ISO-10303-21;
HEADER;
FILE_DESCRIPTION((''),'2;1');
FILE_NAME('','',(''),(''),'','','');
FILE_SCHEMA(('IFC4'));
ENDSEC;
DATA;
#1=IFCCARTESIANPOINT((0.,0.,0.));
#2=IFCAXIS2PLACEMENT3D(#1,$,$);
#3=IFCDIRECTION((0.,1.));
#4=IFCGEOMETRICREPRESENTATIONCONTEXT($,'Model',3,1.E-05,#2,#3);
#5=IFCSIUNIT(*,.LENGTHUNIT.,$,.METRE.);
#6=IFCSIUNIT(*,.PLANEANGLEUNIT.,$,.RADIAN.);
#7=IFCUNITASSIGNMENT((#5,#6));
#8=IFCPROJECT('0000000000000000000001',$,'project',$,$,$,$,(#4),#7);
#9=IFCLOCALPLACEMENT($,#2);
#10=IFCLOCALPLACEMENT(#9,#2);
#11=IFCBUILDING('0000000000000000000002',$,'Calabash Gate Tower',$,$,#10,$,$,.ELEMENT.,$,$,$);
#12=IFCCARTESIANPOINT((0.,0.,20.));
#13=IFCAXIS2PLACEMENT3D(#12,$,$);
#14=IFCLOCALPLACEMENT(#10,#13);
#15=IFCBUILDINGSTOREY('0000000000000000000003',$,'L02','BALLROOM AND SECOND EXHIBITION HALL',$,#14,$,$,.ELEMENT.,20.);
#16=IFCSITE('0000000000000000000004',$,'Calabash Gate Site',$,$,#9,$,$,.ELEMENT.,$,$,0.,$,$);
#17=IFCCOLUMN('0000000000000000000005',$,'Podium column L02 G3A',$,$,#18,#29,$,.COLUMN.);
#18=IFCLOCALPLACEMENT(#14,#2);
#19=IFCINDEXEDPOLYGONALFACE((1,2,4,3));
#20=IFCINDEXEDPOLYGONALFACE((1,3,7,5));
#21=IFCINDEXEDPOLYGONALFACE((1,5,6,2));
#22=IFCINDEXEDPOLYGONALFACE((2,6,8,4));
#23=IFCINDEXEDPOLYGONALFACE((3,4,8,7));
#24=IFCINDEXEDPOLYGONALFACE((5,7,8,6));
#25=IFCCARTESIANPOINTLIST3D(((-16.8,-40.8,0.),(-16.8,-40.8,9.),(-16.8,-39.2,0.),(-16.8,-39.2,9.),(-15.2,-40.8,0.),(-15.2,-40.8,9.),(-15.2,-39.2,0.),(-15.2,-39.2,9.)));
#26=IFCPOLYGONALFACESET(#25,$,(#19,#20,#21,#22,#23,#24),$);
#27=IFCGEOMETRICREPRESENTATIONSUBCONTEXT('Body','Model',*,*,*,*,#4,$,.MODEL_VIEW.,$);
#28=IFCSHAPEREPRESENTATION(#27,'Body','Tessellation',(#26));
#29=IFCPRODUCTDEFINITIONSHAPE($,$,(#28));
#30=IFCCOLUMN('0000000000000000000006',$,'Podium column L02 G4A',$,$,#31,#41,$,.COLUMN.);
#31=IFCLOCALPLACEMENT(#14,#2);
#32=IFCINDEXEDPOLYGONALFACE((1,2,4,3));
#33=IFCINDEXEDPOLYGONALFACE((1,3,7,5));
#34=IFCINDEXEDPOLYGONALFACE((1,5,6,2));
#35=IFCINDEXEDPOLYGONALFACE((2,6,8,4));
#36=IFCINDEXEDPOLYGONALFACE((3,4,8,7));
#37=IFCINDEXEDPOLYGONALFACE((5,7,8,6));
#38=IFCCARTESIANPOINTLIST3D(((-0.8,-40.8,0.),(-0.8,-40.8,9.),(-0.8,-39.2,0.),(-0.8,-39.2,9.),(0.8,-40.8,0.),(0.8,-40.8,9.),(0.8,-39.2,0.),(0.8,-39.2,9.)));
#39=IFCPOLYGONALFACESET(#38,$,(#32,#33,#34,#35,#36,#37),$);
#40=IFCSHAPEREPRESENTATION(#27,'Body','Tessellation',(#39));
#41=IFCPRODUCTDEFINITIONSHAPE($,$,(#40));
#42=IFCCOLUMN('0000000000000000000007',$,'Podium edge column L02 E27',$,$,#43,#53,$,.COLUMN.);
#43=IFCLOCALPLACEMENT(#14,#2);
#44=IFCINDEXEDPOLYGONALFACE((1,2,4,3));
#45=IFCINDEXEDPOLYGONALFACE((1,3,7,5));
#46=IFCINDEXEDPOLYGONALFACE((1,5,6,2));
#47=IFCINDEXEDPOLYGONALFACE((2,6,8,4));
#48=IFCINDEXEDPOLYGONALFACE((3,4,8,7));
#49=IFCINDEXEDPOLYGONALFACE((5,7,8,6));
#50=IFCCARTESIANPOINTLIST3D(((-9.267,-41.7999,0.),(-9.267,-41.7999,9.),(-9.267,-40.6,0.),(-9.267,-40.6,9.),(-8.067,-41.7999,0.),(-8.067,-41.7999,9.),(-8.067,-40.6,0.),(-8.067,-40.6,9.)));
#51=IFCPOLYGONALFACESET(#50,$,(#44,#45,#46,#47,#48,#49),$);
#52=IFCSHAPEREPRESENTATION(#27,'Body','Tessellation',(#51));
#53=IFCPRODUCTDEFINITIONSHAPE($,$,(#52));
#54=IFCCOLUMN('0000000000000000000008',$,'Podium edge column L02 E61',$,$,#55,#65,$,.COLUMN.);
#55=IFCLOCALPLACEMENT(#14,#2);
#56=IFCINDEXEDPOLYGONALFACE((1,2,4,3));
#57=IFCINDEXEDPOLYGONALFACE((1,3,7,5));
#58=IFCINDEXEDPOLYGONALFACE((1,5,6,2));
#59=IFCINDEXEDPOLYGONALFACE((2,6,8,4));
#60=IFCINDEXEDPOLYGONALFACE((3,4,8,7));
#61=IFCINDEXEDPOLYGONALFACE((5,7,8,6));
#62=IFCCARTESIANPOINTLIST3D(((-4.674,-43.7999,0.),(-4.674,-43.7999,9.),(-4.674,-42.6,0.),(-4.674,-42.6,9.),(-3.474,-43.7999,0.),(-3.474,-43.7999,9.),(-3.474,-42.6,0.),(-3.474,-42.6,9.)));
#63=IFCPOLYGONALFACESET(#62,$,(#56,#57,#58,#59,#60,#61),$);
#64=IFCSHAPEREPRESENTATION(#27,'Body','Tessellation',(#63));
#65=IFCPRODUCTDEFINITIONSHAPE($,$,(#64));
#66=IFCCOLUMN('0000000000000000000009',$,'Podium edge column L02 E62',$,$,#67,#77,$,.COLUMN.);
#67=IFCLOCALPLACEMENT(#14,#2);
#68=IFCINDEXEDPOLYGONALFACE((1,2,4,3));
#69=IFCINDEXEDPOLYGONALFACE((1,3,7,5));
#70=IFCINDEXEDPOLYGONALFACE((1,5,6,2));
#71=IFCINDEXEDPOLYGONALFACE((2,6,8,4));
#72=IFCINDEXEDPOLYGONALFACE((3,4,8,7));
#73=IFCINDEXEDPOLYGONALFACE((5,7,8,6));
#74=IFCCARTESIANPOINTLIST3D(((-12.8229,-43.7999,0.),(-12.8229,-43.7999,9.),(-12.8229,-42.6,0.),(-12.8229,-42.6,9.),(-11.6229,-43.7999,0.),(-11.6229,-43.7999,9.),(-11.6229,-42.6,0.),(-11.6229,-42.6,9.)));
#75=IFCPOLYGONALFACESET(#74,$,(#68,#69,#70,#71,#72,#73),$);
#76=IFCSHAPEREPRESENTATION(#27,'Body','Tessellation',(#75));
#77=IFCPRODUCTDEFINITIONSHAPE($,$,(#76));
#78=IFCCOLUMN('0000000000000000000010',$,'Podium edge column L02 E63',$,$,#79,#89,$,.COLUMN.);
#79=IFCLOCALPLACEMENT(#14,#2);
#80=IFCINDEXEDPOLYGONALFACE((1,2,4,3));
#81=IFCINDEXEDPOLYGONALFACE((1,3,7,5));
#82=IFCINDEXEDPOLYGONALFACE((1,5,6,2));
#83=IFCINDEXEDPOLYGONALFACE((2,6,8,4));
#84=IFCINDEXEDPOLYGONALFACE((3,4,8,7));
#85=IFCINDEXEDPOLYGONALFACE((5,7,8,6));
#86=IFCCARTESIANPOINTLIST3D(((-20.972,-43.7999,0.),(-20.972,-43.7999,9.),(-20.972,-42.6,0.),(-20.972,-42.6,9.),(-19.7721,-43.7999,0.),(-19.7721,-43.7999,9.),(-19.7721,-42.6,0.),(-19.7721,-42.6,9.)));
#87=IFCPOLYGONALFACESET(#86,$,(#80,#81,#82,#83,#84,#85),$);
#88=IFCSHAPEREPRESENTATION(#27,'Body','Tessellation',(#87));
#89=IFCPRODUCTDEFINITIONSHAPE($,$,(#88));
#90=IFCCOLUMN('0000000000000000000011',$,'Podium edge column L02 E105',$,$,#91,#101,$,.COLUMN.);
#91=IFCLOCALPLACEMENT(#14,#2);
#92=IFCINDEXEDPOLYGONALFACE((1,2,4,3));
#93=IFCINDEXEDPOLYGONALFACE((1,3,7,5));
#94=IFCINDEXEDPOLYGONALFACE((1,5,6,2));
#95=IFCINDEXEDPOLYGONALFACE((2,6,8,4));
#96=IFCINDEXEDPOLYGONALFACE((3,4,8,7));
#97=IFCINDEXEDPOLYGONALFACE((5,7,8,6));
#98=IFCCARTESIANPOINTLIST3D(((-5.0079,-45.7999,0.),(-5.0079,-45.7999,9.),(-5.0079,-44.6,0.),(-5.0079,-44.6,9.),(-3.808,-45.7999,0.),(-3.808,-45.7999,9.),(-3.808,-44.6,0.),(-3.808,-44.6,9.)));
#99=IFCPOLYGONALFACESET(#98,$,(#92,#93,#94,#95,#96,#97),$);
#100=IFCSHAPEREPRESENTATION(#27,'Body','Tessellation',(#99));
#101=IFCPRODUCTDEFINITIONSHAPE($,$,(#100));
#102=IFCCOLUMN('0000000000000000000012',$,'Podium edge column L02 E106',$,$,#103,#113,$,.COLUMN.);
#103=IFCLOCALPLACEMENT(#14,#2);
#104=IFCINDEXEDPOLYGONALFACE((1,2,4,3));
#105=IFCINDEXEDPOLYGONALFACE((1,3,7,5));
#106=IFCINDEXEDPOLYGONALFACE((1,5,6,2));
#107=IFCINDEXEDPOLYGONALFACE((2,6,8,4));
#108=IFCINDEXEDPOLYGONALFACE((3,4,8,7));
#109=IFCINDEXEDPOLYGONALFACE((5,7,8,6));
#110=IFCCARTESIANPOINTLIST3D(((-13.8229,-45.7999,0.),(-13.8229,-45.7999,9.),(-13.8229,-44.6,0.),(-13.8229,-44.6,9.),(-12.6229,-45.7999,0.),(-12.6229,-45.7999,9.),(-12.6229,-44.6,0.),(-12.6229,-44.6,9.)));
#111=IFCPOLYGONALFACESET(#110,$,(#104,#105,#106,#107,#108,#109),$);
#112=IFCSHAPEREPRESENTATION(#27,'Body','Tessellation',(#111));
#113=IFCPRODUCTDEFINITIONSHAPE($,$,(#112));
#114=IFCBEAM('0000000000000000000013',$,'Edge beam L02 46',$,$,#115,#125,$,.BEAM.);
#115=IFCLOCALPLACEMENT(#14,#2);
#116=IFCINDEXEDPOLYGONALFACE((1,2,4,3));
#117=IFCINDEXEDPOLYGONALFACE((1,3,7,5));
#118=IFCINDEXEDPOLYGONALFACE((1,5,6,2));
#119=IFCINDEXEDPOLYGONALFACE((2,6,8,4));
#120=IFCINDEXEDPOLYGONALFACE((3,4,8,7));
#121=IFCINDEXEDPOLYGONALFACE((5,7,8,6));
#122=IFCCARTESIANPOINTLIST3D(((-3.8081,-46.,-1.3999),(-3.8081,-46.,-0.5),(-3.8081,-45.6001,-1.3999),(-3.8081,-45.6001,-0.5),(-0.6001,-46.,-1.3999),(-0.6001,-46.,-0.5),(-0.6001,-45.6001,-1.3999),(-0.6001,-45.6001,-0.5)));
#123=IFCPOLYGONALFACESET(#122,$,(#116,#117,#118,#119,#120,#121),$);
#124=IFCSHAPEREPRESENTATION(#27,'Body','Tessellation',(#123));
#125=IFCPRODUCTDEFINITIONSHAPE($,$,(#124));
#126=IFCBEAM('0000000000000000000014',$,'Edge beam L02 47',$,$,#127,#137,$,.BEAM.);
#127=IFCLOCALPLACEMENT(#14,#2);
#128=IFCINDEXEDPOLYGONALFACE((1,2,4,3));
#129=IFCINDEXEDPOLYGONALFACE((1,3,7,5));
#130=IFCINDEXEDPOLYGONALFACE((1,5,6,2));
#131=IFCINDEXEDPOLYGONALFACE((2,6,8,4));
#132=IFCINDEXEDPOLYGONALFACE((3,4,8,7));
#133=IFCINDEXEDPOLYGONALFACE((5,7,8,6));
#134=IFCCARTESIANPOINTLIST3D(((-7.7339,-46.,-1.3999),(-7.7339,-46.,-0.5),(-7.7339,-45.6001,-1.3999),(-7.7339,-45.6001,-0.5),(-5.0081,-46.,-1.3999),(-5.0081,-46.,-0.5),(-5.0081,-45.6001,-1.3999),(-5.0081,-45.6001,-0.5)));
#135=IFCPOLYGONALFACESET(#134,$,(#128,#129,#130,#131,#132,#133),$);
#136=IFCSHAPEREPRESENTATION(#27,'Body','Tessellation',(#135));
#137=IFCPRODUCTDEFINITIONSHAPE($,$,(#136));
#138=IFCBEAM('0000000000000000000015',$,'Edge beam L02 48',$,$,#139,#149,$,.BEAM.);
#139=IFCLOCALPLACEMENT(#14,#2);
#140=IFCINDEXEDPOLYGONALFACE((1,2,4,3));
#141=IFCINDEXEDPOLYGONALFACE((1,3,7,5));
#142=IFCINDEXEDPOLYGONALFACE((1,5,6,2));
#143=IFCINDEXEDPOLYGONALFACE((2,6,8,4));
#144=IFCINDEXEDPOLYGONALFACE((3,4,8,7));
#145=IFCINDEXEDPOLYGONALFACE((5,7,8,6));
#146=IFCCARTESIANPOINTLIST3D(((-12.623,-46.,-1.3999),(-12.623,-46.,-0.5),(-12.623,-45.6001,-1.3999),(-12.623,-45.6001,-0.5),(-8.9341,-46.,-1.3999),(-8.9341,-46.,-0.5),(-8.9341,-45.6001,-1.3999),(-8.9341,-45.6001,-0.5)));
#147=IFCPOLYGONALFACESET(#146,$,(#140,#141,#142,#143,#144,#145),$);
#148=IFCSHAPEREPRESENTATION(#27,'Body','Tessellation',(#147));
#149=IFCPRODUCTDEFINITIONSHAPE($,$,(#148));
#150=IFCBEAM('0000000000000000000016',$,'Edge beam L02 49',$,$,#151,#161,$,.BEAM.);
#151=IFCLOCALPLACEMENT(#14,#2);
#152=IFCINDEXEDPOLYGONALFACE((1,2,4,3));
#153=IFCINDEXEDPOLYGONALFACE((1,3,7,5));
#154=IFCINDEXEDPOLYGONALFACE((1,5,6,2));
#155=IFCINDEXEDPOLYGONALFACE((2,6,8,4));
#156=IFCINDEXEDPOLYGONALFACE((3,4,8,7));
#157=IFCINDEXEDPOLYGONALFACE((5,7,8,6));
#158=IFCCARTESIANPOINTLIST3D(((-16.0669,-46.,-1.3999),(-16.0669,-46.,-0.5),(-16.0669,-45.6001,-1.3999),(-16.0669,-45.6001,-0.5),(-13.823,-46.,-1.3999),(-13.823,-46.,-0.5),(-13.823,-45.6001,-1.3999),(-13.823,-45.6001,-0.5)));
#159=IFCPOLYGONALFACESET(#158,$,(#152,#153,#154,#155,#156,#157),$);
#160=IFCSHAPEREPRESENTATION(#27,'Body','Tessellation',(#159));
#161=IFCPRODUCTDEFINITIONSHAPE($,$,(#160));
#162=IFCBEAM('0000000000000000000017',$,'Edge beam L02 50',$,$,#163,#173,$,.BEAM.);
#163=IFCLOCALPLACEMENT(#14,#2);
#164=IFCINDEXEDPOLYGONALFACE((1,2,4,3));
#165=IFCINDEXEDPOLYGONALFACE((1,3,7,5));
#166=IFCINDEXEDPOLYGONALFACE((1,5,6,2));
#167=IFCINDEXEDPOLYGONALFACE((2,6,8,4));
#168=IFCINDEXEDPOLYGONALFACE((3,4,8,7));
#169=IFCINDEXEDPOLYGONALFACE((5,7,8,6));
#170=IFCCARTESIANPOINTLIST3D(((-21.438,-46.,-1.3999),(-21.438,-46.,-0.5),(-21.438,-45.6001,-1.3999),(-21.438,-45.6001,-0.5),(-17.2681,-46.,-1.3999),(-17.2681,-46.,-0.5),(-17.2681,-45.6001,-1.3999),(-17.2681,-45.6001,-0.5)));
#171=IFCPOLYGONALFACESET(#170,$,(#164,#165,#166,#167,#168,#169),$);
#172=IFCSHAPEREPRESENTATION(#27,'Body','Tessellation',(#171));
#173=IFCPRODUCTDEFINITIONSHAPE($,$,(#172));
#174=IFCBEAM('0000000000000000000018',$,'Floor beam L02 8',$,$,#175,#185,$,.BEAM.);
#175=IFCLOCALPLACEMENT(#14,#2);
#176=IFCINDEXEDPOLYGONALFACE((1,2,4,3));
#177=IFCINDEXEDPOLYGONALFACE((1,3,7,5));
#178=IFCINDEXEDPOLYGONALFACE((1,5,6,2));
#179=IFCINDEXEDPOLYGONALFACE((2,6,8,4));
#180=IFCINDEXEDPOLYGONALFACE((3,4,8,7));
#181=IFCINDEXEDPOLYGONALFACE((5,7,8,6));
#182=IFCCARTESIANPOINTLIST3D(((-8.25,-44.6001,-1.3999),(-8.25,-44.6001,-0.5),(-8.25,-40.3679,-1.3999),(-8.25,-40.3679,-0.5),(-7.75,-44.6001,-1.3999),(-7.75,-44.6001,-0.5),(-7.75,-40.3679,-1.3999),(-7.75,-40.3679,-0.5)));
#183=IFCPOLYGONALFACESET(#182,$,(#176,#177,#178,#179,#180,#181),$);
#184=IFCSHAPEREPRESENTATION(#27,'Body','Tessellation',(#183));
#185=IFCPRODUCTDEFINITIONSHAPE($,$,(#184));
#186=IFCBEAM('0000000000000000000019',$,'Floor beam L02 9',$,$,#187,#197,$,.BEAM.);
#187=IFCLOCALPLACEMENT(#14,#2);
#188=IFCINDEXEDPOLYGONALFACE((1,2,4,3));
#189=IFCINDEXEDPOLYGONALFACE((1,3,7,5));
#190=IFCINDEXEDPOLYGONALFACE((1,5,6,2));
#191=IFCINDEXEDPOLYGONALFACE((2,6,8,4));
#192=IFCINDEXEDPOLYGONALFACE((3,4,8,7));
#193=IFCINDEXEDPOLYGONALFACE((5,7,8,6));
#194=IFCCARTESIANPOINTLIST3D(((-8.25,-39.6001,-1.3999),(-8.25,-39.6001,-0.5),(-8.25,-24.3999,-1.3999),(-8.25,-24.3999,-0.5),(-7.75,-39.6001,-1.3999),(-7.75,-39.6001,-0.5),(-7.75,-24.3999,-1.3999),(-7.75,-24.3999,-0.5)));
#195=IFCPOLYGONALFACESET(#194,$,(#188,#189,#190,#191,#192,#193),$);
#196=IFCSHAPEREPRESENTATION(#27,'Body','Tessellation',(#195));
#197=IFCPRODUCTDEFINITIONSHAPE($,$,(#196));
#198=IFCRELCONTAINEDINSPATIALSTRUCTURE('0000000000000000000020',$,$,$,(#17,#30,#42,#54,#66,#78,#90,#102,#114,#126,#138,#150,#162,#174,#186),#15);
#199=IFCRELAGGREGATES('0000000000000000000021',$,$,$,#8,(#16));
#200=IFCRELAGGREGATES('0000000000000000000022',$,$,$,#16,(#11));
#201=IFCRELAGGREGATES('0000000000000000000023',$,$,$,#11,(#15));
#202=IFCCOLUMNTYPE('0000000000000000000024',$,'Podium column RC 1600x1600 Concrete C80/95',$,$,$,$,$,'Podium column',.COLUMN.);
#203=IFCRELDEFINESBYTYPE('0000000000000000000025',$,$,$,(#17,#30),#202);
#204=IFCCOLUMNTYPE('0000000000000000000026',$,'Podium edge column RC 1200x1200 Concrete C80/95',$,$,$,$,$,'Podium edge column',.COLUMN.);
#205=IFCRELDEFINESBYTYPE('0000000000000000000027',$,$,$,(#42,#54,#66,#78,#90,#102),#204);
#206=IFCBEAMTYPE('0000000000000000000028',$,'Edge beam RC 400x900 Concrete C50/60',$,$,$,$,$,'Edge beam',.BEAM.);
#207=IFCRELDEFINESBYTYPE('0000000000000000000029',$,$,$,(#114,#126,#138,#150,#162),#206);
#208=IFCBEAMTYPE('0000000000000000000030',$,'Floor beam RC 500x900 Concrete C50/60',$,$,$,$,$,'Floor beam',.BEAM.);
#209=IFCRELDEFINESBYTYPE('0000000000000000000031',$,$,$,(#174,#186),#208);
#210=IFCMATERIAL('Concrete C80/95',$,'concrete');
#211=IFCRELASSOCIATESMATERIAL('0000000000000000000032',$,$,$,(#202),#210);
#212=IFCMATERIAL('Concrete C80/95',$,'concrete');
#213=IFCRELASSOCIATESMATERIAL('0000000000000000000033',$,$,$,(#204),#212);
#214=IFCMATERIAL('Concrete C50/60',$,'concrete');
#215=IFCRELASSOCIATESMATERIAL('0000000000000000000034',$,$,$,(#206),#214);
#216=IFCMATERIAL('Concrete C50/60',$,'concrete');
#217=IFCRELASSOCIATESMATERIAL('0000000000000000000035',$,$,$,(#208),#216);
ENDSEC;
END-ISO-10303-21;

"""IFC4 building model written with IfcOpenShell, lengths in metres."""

from ifc_helpers import new_model, si_unit, direction, frame, origin, origin_2d, place, context, subcontext, project, spatial, rectangle, extrude, material, material_profile, profile_set, type_object, element, save


model = new_model("IFC4")

# Units and contexts
model_context = context("Model", 3, precision=1e-05, world=origin(), true_north=direction((0.0, 1.0)))
body_context = subcontext(model_context, "Body", "Model", "MODEL_VIEW")
ifc_project = project(units=[si_unit("LENGTHUNIT", "METRE"), si_unit("PLANEANGLEUNIT", "RADIAN")], contexts=[model_context])

# Site, building, storey
site_placement = place(None, origin())
site = spatial("IfcSite", under=ifc_project, at=site_placement, Name="Calabash Gate Site", CompositionType="ELEMENT", RefElevation=0.0)
building_placement = place(site_placement, origin())
building = spatial("IfcBuilding", under=site, at=building_placement, Name="Calabash Gate Tower", CompositionType="ELEMENT")
storey_placement = place(building_placement, frame((0.0, 0.0, 20.0)))
storey = spatial("IfcBuildingStorey", under=building, at=storey_placement, Name="L02", Description="BALLROOM AND SECOND EXHIBITION HALL", CompositionType="ELEMENT", Elevation=20.0)

# Columns
ifc_material_1 = material(Name="Concrete C80/95", Category="concrete")
ifc_material_profile_1 = material_profile(ifc_material_1, rectangle(XDim=1.6001, YDim=1.6001, at=origin_2d()))
ifc_profile_set_1 = profile_set([ifc_material_profile_1], Name="Concrete C80/95")
column_type_1 = type_object("IfcColumnType", Name="Podium column RC 1600x1600 Concrete C80/95", ElementType="Podium column", PredefinedType="COLUMN", material=ifc_profile_set_1)
for number, where, z_axis, x_axis, name in (
    (1, (-16.0, -40.0, 0.0), (0.0, 0.0, 1.0), (1.0, 0.0, 0.0), "Podium column L02 G3A"),
    (2, (0.0, -40.0, 0.0), (0.0, 0.0, 1.0), (1.0, 0.0, 0.0), "Podium column L02 G4A"),
):
    element("IfcColumn", number, at=place(storey_placement, frame(where, z_axis=z_axis, x_axis=x_axis)), inside=storey, type_object=column_type_1, Name=name, PredefinedType="COLUMN", context=body_context, shape_type="SweptSolid", body=[
        extrude(rectangle(XDim=1.6001, YDim=1.6001, at=origin_2d()), origin(), (0.0, 0.0, 1.0), 9.0),
    ])
ifc_material_2 = material(Name="Concrete C80/95", Category="concrete")
ifc_material_profile_2 = material_profile(ifc_material_2, rectangle(XDim=1.2, YDim=1.2, at=origin_2d()))
ifc_profile_set_2 = profile_set([ifc_material_profile_2], Name="Concrete C80/95")
column_type_2 = type_object("IfcColumnType", Name="Podium edge column RC 1200x1200 Concrete C80/95", ElementType="Podium edge column", PredefinedType="COLUMN", material=ifc_profile_set_2)
for number, where, z_axis, x_axis, name in (
    (3, (-8.667, -41.2, 0.0), (0.0, 0.0, 1.0), (1.0, 0.0, 0.0), "Podium edge column L02 E27"),
    (4, (-4.074, -43.2, 0.0), (0.0, 0.0, 1.0), (1.0, 0.0, 0.0), "Podium edge column L02 E61"),
    (5, (-12.2229, -43.2, 0.0), (0.0, 0.0, 1.0), (1.0, 0.0, 0.0), "Podium edge column L02 E62"),
    (6, (-20.3721, -43.2, 0.0), (0.0, 0.0, 1.0), (1.0, 0.0, 0.0), "Podium edge column L02 E63"),
    (7, (-4.408, -45.2, 0.0), (0.0, 0.0, 1.0), (1.0, 0.0, 0.0), "Podium edge column L02 E105"),
    (8, (-13.2229, -45.2, 0.0), (0.0, 0.0, 1.0), (1.0, 0.0, 0.0), "Podium edge column L02 E106"),
):
    element("IfcColumn", number, at=place(storey_placement, frame(where, z_axis=z_axis, x_axis=x_axis)), inside=storey, type_object=column_type_2, Name=name, PredefinedType="COLUMN", context=body_context, shape_type="SweptSolid", body=[
        extrude(rectangle(XDim=1.2, YDim=1.2, at=origin_2d()), origin(), (0.0, 0.0, 1.0), 9.0),
    ])

# Beams
ifc_material_3 = material(Name="Concrete C50/60", Category="concrete")
ifc_material_profile_3 = material_profile(ifc_material_3, rectangle(XDim=0.3999, YDim=0.8999, at=origin_2d()))
ifc_profile_set_3 = profile_set([ifc_material_profile_3], Name="Concrete C50/60")
beam_type_1 = type_object("IfcBeamType", Name="Edge beam RC 400x900 Concrete C50/60", ElementType="Edge beam", PredefinedType="BEAM", material=ifc_profile_set_3)
beam_1_placement = place(storey_placement, frame((-0.6001, -45.8, -0.95), z_axis=(-1.0, 0.0, 0.0), x_axis=(0.0, -1.0, 0.0)))
element("IfcBeam", 9, at=beam_1_placement, inside=storey, type_object=beam_type_1, Name="Edge beam L02 46", PredefinedType="BEAM", context=body_context, shape_type="SweptSolid", body=[
    extrude(rectangle(XDim=0.3999, YDim=0.8999, at=origin_2d()), origin(), (0.0, 0.0, 1.0), 3.208),
])
beam_2_placement = place(storey_placement, frame((-5.0081, -45.8, -0.95), z_axis=(-1.0, 0.0, 0.0), x_axis=(0.0, -1.0, 0.0)))
element("IfcBeam", 10, at=beam_2_placement, inside=storey, type_object=beam_type_1, Name="Edge beam L02 47", PredefinedType="BEAM", context=body_context, shape_type="SweptSolid", body=[
    extrude(rectangle(XDim=0.3999, YDim=0.8999, at=origin_2d()), origin(), (0.0, 0.0, 1.0), 2.7258),
])
beam_3_placement = place(storey_placement, frame((-8.9341, -45.8, -0.95), z_axis=(-1.0, 0.0, 0.0), x_axis=(0.0, -1.0, 0.0)))
element("IfcBeam", 11, at=beam_3_placement, inside=storey, type_object=beam_type_1, Name="Edge beam L02 48", PredefinedType="BEAM", context=body_context, shape_type="SweptSolid", body=[
    extrude(rectangle(XDim=0.3999, YDim=0.8999, at=origin_2d()), origin(), (0.0, 0.0, 1.0), 3.689),
])
beam_4_placement = place(storey_placement, frame((-13.823, -45.8, -0.95), z_axis=(-1.0, 0.0, 0.0), x_axis=(0.0, -1.0, 0.0)))
element("IfcBeam", 12, at=beam_4_placement, inside=storey, type_object=beam_type_1, Name="Edge beam L02 49", PredefinedType="BEAM", context=body_context, shape_type="SweptSolid", body=[
    extrude(rectangle(XDim=0.3999, YDim=0.8999, at=origin_2d()), origin(), (0.0, 0.0, 1.0), 2.2439),
])
beam_5_placement = place(storey_placement, frame((-17.2681, -45.8, -0.95), z_axis=(-1.0, 0.0, 0.0), x_axis=(0.0, -1.0, 0.0)))
element("IfcBeam", 13, at=beam_5_placement, inside=storey, type_object=beam_type_1, Name="Edge beam L02 50", PredefinedType="BEAM", context=body_context, shape_type="SweptSolid", body=[
    extrude(rectangle(XDim=0.3999, YDim=0.8999, at=origin_2d()), origin(), (0.0, 0.0, 1.0), 4.1699),
])
ifc_material_4 = material(Name="Concrete C50/60", Category="concrete")
ifc_material_profile_4 = material_profile(ifc_material_4, rectangle(XDim=0.5, YDim=0.8999, at=origin_2d()))
ifc_profile_set_4 = profile_set([ifc_material_profile_4], Name="Concrete C50/60")
beam_type_2 = type_object("IfcBeamType", Name="Floor beam RC 500x900 Concrete C50/60", ElementType="Floor beam", PredefinedType="BEAM", material=ifc_profile_set_4)
beam_6_placement = place(storey_placement, frame((-8.0, -44.6001, -0.95), z_axis=(0.0, 1.0, 0.0), x_axis=(-1.0, 0.0, 0.0)))
element("IfcBeam", 14, at=beam_6_placement, inside=storey, type_object=beam_type_2, Name="Floor beam L02 8", PredefinedType="BEAM", context=body_context, shape_type="SweptSolid", body=[
    extrude(rectangle(XDim=0.5, YDim=0.8999, at=origin_2d()), origin(), (0.0, 0.0, 1.0), 4.2322),
])
beam_7_placement = place(storey_placement, frame((-8.0, -39.6001, -0.95), z_axis=(0.0, 1.0, 0.0), x_axis=(-1.0, 0.0, 0.0)))
element("IfcBeam", 15, at=beam_7_placement, inside=storey, type_object=beam_type_2, Name="Floor beam L02 9", PredefinedType="BEAM", context=body_context, shape_type="SweptSolid", body=[
    extrude(rectangle(XDim=0.5, YDim=0.8999, at=origin_2d()), origin(), (0.0, 0.0, 1.0), 15.2002),
])

save(model, "model.ifc")
